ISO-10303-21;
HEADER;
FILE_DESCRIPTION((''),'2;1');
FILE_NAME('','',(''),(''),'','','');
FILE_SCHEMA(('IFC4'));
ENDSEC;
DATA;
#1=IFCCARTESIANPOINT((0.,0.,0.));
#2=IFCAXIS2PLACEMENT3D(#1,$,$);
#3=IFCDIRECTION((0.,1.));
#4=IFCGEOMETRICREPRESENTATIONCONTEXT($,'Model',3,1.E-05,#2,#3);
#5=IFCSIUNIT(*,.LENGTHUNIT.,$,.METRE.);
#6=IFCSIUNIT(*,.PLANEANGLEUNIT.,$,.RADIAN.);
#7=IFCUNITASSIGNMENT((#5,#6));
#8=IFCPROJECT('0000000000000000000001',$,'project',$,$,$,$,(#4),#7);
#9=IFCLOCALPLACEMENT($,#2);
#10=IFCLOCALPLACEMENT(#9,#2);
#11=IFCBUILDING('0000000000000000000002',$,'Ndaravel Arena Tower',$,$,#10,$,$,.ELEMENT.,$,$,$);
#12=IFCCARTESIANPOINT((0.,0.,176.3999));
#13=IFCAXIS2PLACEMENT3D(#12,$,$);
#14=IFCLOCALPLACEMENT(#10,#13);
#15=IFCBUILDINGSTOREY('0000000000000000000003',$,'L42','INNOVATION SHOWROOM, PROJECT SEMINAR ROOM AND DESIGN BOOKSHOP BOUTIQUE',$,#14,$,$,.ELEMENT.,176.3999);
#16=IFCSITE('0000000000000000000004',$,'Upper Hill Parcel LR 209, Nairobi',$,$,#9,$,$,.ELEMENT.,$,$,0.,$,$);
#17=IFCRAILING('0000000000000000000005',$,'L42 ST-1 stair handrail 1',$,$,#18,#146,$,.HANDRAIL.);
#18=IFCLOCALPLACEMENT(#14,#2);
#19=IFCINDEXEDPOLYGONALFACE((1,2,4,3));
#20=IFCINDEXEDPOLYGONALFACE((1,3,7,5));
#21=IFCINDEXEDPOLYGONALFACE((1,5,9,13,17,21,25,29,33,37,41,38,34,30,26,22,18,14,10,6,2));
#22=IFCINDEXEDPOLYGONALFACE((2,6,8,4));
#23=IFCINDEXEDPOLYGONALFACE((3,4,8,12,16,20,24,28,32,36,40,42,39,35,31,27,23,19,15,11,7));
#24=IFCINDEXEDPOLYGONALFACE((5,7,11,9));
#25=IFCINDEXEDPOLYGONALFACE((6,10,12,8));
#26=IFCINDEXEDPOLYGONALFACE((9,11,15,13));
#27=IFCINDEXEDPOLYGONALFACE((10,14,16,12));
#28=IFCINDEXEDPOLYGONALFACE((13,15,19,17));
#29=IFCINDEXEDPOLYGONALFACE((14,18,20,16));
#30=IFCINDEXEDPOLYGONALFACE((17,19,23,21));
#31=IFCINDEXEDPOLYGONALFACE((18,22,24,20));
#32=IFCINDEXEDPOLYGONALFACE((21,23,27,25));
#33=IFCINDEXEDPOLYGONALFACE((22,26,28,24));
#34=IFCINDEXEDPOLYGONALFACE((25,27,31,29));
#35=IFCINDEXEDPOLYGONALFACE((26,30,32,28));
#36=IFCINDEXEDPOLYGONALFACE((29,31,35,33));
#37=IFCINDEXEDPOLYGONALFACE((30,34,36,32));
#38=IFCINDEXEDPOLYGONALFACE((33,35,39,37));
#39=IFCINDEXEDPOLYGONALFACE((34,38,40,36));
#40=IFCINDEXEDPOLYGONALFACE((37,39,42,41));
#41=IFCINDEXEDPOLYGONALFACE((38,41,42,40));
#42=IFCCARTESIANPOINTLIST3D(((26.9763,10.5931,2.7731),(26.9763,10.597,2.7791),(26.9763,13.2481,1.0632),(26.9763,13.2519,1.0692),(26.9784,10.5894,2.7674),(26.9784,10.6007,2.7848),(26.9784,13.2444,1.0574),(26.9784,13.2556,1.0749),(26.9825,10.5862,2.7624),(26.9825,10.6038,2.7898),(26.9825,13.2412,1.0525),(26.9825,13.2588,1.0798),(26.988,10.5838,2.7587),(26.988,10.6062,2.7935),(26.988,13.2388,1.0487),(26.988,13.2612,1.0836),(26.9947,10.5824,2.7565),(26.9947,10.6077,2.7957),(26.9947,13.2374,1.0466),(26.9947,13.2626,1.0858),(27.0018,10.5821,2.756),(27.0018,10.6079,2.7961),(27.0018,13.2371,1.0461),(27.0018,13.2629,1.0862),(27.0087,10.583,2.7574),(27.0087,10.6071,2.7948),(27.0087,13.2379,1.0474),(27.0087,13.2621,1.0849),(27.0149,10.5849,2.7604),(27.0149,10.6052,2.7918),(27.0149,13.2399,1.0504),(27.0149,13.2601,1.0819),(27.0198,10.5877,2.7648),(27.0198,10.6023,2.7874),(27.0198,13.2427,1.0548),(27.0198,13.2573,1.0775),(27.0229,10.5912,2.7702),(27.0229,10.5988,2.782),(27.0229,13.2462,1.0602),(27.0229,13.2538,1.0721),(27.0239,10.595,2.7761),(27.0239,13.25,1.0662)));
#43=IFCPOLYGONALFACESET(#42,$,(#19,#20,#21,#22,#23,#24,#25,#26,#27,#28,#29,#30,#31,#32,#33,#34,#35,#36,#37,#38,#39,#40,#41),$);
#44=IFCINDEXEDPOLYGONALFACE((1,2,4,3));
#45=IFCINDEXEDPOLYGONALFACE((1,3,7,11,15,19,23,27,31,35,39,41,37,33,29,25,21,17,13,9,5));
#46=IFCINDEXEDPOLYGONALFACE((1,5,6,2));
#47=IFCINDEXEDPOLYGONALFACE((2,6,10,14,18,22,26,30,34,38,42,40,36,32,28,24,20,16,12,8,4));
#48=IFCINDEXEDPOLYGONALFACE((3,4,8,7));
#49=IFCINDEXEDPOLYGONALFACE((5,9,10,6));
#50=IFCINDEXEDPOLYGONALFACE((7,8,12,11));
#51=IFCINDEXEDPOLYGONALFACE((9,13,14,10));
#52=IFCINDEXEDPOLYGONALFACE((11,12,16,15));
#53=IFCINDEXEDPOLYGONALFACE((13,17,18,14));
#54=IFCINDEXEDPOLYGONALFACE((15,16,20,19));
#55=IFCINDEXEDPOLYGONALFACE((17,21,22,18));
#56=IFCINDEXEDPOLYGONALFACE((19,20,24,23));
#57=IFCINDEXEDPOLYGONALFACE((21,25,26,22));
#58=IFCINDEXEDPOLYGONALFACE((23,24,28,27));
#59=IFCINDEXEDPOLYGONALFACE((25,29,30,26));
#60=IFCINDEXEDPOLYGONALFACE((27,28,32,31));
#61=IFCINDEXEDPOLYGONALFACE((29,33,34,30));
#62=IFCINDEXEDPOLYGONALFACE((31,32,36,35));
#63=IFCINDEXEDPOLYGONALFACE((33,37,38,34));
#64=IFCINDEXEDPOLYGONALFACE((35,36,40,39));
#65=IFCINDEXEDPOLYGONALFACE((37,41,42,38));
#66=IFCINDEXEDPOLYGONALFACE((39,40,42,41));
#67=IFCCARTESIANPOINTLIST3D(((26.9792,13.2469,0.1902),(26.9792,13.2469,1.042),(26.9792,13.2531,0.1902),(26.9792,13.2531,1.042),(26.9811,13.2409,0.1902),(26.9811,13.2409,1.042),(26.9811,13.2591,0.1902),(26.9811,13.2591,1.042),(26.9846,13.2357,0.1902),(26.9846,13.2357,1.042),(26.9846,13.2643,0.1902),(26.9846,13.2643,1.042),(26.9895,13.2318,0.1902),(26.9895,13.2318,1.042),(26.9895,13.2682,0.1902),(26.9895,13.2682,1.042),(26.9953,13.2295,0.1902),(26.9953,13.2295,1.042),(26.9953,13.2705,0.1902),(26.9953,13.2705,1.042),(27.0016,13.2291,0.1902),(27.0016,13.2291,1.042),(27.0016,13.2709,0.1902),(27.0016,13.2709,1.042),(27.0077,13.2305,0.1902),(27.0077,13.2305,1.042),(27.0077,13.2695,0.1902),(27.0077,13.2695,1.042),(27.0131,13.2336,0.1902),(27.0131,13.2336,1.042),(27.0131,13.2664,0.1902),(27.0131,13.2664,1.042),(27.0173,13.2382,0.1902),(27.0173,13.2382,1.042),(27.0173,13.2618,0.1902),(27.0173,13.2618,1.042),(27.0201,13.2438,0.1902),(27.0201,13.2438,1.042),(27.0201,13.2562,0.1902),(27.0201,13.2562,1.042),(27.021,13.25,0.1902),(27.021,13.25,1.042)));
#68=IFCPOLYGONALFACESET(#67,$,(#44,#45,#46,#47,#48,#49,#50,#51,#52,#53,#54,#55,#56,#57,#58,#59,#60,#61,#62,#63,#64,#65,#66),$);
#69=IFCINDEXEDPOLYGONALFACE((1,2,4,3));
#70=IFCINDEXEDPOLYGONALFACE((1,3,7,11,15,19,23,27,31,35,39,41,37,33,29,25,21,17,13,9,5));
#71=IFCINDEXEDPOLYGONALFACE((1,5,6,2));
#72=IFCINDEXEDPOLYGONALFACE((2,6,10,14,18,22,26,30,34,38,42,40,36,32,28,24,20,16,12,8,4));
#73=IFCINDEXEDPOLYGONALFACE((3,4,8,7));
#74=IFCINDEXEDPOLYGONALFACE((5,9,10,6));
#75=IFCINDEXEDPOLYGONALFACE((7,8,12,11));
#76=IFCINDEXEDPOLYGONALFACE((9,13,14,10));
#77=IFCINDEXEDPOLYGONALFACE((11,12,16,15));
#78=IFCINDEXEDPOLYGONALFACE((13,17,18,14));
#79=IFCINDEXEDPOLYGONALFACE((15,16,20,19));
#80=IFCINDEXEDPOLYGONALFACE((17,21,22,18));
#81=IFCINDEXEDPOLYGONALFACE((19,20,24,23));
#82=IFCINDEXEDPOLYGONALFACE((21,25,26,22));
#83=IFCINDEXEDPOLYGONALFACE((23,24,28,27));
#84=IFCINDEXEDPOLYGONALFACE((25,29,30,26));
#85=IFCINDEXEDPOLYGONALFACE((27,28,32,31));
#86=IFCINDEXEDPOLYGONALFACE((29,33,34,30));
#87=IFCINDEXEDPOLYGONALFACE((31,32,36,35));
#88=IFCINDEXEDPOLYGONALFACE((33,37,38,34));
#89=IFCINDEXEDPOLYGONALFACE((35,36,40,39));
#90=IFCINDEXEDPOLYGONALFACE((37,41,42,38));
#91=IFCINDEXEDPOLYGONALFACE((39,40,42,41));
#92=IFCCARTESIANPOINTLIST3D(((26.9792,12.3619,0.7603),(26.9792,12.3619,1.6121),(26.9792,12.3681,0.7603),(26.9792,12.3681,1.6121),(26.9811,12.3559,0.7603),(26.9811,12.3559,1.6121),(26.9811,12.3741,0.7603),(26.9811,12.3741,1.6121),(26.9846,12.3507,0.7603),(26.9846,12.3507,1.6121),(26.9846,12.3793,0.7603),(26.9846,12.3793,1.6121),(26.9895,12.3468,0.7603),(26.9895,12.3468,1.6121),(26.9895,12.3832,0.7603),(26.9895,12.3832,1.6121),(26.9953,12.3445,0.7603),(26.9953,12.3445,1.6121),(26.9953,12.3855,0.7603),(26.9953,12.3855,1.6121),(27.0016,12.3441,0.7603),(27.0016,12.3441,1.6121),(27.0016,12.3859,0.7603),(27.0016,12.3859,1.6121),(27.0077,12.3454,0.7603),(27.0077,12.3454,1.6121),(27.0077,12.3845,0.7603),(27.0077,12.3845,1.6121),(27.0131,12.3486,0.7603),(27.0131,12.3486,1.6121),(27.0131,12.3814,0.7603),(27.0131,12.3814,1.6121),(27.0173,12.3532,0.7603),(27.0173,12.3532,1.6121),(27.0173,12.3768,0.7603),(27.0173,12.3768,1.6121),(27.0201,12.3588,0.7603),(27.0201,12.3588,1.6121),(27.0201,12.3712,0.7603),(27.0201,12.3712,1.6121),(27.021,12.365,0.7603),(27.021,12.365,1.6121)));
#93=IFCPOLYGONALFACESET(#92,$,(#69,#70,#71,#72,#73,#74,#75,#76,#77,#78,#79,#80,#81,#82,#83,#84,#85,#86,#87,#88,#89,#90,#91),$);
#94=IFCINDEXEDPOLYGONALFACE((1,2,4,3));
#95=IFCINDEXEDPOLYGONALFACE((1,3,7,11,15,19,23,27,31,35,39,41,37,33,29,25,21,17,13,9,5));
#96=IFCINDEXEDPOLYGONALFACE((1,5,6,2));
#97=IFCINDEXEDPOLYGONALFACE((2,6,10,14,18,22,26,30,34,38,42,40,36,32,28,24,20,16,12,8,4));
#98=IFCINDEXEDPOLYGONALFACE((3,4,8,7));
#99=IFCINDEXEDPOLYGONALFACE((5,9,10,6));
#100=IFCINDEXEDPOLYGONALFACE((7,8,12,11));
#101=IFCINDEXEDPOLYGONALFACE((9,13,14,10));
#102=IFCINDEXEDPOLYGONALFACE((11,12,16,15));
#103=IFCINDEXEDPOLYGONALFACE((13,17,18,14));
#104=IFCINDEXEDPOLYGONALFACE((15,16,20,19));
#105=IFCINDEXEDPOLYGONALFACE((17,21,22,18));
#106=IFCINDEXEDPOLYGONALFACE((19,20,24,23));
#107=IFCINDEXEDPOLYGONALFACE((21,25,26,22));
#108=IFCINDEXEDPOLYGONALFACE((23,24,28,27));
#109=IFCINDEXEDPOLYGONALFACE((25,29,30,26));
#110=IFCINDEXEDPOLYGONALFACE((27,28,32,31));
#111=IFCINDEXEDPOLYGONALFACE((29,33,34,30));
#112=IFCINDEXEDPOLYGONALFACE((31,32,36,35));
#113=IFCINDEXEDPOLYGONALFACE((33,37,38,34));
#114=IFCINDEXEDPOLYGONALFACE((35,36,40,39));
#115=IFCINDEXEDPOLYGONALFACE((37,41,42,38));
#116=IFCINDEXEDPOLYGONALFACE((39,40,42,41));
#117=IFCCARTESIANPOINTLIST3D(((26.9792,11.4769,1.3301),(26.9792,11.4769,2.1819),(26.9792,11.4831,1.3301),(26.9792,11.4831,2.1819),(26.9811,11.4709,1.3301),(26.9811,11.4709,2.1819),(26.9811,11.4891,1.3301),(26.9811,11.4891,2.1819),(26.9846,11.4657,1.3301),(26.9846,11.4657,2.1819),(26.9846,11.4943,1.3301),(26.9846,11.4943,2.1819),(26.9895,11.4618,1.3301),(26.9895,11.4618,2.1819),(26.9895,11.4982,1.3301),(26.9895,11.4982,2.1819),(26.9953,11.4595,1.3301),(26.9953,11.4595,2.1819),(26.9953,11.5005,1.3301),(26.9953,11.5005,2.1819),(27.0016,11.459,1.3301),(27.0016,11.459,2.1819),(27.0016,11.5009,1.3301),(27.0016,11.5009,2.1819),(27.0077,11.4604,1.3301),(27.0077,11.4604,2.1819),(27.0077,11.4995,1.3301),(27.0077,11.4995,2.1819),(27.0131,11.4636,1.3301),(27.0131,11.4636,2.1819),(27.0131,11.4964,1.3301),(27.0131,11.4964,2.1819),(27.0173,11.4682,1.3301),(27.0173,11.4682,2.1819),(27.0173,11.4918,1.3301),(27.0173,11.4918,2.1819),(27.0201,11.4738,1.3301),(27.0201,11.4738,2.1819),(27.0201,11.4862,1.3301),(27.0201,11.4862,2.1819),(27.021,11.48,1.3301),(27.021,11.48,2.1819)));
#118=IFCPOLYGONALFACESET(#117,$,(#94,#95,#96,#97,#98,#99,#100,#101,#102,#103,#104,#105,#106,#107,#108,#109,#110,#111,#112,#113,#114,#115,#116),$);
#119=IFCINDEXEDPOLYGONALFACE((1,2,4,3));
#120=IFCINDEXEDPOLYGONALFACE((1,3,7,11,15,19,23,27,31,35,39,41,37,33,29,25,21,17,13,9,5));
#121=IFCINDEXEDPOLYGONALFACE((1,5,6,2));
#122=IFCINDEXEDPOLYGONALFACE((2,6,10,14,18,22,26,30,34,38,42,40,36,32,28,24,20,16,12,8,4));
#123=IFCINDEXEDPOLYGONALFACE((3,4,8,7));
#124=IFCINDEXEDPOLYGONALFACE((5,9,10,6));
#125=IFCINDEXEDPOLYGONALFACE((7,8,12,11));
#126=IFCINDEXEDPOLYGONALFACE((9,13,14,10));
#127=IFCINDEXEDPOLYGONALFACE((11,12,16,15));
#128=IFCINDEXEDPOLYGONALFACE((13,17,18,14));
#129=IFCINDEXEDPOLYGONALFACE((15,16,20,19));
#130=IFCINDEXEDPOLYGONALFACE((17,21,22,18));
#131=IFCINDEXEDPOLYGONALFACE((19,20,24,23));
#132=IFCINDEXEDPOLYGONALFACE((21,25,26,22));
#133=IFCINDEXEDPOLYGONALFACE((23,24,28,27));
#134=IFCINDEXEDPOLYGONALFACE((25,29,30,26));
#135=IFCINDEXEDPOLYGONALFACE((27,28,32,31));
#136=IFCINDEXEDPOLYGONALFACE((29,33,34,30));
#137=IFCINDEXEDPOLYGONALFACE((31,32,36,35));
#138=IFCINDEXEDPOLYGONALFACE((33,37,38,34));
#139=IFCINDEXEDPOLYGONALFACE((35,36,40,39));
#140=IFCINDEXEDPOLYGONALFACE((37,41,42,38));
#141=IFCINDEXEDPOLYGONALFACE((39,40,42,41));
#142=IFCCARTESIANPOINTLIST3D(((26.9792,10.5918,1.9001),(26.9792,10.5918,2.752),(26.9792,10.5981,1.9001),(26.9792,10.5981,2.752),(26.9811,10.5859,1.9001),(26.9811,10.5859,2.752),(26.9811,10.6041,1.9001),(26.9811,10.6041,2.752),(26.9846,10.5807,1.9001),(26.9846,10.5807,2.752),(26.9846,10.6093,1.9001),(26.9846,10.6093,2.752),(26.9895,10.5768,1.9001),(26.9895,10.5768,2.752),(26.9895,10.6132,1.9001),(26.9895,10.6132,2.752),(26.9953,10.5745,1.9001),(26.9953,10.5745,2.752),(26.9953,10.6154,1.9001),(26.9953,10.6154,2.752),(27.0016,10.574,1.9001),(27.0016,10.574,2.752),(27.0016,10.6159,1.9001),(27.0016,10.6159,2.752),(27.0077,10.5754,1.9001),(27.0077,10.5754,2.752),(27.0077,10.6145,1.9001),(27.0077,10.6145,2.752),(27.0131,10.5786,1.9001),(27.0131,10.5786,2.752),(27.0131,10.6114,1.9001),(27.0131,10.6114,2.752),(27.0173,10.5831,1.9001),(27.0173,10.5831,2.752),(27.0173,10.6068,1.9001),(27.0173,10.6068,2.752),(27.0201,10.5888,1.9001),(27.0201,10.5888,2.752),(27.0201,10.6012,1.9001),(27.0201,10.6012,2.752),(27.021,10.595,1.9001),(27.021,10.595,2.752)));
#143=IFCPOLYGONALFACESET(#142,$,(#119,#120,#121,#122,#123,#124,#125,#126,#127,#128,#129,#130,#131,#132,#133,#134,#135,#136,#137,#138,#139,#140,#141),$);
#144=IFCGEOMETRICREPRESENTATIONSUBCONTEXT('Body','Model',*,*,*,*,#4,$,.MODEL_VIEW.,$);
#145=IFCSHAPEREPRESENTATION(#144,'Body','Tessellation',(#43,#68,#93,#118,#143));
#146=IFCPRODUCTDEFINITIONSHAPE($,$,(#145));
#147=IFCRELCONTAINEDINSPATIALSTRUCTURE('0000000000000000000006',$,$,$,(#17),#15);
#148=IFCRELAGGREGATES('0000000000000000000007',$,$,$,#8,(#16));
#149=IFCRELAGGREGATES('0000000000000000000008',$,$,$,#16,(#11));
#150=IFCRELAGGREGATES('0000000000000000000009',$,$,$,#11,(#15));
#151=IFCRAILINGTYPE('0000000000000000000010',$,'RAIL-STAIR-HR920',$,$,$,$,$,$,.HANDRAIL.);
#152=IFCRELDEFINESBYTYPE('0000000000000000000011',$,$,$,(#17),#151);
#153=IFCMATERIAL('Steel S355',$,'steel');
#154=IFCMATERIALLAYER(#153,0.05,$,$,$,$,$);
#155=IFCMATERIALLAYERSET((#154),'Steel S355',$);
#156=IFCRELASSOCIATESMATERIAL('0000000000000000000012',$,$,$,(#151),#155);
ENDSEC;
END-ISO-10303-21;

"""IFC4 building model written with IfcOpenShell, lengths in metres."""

from ifc_helpers import new_model, si_unit, direction, frame, origin, origin_2d, place, context, subcontext, project, spatial, circle, extrude, material, layer, layer_set, type_object, element, save


model = new_model("IFC4")

# Units and contexts
model_context = context("Model", 3, precision=1e-05, world=origin(), true_north=direction((0.0, 1.0)))
body_context = subcontext(model_context, "Body", "Model", "MODEL_VIEW")
ifc_project = project(units=[si_unit("LENGTHUNIT", "METRE"), si_unit("PLANEANGLEUNIT", "RADIAN")], contexts=[model_context])

# Site, building, storey
site_placement = place(None, origin())
site = spatial("IfcSite", under=ifc_project, at=site_placement, Name="Upper Hill Parcel LR 209, Nairobi", CompositionType="ELEMENT", RefElevation=0.0)
building_placement = place(site_placement, origin())
building = spatial("IfcBuilding", under=site, at=building_placement, Name="Ndaravel Arena Tower", CompositionType="ELEMENT")
storey_placement = place(building_placement, frame((0.0, 0.0, 176.3999)))
storey = spatial("IfcBuildingStorey", under=building, at=storey_placement, Name="L42", Description="INNOVATION SHOWROOM, PROJECT SEMINAR ROOM AND DESIGN BOOKSHOP BOUTIQUE", CompositionType="ELEMENT", Elevation=176.3999)

# Railing
ifc_material_1 = material(Name="Steel S355", Category="steel")
ifc_layer_1 = layer(ifc_material_1, 0.05)
ifc_layer_set_1 = layer_set([ifc_layer_1], Name="Steel S355")
railing_type_1 = type_object("IfcRailingType", Name="RAIL-STAIR-HR920", PredefinedType="HANDRAIL", material=ifc_layer_set_1)
railing_1_placement = place(storey_placement, frame((27.0, 13.25, 0.1902)))
element("IfcRailing", 1, at=railing_1_placement, inside=storey, type_object=railing_type_1, Name="L42 ST-1 stair handrail 1", PredefinedType="HANDRAIL", context=body_context, shape_type="SweptSolid", body=[
    extrude(circle(Radius=0.0239, at=origin_2d()), frame((0.0, 0.0, 0.876), z_axis=(0.0, -0.840724, 0.541465), x_axis=(1.0, 0.0, 0.0)), (0.0, 0.0, 1.0), 3.158),
    extrude(circle(Radius=0.021, at=origin_2d()), origin(), (0.0, 0.0, 1.0), 0.8518),
    extrude(circle(Radius=0.021, at=origin_2d()), frame((0.0, -0.885, 0.5701)), (0.0, 0.0, 1.0), 0.8518),
    extrude(circle(Radius=0.021, at=origin_2d()), frame((0.0, -1.77, 1.1399)), (0.0, 0.0, 1.0), 0.8518),
    extrude(circle(Radius=0.021, at=origin_2d()), frame((0.0, -2.655, 1.71)), (0.0, 0.0, 1.0), 0.8518),
])

save(model, "model.ifc")
